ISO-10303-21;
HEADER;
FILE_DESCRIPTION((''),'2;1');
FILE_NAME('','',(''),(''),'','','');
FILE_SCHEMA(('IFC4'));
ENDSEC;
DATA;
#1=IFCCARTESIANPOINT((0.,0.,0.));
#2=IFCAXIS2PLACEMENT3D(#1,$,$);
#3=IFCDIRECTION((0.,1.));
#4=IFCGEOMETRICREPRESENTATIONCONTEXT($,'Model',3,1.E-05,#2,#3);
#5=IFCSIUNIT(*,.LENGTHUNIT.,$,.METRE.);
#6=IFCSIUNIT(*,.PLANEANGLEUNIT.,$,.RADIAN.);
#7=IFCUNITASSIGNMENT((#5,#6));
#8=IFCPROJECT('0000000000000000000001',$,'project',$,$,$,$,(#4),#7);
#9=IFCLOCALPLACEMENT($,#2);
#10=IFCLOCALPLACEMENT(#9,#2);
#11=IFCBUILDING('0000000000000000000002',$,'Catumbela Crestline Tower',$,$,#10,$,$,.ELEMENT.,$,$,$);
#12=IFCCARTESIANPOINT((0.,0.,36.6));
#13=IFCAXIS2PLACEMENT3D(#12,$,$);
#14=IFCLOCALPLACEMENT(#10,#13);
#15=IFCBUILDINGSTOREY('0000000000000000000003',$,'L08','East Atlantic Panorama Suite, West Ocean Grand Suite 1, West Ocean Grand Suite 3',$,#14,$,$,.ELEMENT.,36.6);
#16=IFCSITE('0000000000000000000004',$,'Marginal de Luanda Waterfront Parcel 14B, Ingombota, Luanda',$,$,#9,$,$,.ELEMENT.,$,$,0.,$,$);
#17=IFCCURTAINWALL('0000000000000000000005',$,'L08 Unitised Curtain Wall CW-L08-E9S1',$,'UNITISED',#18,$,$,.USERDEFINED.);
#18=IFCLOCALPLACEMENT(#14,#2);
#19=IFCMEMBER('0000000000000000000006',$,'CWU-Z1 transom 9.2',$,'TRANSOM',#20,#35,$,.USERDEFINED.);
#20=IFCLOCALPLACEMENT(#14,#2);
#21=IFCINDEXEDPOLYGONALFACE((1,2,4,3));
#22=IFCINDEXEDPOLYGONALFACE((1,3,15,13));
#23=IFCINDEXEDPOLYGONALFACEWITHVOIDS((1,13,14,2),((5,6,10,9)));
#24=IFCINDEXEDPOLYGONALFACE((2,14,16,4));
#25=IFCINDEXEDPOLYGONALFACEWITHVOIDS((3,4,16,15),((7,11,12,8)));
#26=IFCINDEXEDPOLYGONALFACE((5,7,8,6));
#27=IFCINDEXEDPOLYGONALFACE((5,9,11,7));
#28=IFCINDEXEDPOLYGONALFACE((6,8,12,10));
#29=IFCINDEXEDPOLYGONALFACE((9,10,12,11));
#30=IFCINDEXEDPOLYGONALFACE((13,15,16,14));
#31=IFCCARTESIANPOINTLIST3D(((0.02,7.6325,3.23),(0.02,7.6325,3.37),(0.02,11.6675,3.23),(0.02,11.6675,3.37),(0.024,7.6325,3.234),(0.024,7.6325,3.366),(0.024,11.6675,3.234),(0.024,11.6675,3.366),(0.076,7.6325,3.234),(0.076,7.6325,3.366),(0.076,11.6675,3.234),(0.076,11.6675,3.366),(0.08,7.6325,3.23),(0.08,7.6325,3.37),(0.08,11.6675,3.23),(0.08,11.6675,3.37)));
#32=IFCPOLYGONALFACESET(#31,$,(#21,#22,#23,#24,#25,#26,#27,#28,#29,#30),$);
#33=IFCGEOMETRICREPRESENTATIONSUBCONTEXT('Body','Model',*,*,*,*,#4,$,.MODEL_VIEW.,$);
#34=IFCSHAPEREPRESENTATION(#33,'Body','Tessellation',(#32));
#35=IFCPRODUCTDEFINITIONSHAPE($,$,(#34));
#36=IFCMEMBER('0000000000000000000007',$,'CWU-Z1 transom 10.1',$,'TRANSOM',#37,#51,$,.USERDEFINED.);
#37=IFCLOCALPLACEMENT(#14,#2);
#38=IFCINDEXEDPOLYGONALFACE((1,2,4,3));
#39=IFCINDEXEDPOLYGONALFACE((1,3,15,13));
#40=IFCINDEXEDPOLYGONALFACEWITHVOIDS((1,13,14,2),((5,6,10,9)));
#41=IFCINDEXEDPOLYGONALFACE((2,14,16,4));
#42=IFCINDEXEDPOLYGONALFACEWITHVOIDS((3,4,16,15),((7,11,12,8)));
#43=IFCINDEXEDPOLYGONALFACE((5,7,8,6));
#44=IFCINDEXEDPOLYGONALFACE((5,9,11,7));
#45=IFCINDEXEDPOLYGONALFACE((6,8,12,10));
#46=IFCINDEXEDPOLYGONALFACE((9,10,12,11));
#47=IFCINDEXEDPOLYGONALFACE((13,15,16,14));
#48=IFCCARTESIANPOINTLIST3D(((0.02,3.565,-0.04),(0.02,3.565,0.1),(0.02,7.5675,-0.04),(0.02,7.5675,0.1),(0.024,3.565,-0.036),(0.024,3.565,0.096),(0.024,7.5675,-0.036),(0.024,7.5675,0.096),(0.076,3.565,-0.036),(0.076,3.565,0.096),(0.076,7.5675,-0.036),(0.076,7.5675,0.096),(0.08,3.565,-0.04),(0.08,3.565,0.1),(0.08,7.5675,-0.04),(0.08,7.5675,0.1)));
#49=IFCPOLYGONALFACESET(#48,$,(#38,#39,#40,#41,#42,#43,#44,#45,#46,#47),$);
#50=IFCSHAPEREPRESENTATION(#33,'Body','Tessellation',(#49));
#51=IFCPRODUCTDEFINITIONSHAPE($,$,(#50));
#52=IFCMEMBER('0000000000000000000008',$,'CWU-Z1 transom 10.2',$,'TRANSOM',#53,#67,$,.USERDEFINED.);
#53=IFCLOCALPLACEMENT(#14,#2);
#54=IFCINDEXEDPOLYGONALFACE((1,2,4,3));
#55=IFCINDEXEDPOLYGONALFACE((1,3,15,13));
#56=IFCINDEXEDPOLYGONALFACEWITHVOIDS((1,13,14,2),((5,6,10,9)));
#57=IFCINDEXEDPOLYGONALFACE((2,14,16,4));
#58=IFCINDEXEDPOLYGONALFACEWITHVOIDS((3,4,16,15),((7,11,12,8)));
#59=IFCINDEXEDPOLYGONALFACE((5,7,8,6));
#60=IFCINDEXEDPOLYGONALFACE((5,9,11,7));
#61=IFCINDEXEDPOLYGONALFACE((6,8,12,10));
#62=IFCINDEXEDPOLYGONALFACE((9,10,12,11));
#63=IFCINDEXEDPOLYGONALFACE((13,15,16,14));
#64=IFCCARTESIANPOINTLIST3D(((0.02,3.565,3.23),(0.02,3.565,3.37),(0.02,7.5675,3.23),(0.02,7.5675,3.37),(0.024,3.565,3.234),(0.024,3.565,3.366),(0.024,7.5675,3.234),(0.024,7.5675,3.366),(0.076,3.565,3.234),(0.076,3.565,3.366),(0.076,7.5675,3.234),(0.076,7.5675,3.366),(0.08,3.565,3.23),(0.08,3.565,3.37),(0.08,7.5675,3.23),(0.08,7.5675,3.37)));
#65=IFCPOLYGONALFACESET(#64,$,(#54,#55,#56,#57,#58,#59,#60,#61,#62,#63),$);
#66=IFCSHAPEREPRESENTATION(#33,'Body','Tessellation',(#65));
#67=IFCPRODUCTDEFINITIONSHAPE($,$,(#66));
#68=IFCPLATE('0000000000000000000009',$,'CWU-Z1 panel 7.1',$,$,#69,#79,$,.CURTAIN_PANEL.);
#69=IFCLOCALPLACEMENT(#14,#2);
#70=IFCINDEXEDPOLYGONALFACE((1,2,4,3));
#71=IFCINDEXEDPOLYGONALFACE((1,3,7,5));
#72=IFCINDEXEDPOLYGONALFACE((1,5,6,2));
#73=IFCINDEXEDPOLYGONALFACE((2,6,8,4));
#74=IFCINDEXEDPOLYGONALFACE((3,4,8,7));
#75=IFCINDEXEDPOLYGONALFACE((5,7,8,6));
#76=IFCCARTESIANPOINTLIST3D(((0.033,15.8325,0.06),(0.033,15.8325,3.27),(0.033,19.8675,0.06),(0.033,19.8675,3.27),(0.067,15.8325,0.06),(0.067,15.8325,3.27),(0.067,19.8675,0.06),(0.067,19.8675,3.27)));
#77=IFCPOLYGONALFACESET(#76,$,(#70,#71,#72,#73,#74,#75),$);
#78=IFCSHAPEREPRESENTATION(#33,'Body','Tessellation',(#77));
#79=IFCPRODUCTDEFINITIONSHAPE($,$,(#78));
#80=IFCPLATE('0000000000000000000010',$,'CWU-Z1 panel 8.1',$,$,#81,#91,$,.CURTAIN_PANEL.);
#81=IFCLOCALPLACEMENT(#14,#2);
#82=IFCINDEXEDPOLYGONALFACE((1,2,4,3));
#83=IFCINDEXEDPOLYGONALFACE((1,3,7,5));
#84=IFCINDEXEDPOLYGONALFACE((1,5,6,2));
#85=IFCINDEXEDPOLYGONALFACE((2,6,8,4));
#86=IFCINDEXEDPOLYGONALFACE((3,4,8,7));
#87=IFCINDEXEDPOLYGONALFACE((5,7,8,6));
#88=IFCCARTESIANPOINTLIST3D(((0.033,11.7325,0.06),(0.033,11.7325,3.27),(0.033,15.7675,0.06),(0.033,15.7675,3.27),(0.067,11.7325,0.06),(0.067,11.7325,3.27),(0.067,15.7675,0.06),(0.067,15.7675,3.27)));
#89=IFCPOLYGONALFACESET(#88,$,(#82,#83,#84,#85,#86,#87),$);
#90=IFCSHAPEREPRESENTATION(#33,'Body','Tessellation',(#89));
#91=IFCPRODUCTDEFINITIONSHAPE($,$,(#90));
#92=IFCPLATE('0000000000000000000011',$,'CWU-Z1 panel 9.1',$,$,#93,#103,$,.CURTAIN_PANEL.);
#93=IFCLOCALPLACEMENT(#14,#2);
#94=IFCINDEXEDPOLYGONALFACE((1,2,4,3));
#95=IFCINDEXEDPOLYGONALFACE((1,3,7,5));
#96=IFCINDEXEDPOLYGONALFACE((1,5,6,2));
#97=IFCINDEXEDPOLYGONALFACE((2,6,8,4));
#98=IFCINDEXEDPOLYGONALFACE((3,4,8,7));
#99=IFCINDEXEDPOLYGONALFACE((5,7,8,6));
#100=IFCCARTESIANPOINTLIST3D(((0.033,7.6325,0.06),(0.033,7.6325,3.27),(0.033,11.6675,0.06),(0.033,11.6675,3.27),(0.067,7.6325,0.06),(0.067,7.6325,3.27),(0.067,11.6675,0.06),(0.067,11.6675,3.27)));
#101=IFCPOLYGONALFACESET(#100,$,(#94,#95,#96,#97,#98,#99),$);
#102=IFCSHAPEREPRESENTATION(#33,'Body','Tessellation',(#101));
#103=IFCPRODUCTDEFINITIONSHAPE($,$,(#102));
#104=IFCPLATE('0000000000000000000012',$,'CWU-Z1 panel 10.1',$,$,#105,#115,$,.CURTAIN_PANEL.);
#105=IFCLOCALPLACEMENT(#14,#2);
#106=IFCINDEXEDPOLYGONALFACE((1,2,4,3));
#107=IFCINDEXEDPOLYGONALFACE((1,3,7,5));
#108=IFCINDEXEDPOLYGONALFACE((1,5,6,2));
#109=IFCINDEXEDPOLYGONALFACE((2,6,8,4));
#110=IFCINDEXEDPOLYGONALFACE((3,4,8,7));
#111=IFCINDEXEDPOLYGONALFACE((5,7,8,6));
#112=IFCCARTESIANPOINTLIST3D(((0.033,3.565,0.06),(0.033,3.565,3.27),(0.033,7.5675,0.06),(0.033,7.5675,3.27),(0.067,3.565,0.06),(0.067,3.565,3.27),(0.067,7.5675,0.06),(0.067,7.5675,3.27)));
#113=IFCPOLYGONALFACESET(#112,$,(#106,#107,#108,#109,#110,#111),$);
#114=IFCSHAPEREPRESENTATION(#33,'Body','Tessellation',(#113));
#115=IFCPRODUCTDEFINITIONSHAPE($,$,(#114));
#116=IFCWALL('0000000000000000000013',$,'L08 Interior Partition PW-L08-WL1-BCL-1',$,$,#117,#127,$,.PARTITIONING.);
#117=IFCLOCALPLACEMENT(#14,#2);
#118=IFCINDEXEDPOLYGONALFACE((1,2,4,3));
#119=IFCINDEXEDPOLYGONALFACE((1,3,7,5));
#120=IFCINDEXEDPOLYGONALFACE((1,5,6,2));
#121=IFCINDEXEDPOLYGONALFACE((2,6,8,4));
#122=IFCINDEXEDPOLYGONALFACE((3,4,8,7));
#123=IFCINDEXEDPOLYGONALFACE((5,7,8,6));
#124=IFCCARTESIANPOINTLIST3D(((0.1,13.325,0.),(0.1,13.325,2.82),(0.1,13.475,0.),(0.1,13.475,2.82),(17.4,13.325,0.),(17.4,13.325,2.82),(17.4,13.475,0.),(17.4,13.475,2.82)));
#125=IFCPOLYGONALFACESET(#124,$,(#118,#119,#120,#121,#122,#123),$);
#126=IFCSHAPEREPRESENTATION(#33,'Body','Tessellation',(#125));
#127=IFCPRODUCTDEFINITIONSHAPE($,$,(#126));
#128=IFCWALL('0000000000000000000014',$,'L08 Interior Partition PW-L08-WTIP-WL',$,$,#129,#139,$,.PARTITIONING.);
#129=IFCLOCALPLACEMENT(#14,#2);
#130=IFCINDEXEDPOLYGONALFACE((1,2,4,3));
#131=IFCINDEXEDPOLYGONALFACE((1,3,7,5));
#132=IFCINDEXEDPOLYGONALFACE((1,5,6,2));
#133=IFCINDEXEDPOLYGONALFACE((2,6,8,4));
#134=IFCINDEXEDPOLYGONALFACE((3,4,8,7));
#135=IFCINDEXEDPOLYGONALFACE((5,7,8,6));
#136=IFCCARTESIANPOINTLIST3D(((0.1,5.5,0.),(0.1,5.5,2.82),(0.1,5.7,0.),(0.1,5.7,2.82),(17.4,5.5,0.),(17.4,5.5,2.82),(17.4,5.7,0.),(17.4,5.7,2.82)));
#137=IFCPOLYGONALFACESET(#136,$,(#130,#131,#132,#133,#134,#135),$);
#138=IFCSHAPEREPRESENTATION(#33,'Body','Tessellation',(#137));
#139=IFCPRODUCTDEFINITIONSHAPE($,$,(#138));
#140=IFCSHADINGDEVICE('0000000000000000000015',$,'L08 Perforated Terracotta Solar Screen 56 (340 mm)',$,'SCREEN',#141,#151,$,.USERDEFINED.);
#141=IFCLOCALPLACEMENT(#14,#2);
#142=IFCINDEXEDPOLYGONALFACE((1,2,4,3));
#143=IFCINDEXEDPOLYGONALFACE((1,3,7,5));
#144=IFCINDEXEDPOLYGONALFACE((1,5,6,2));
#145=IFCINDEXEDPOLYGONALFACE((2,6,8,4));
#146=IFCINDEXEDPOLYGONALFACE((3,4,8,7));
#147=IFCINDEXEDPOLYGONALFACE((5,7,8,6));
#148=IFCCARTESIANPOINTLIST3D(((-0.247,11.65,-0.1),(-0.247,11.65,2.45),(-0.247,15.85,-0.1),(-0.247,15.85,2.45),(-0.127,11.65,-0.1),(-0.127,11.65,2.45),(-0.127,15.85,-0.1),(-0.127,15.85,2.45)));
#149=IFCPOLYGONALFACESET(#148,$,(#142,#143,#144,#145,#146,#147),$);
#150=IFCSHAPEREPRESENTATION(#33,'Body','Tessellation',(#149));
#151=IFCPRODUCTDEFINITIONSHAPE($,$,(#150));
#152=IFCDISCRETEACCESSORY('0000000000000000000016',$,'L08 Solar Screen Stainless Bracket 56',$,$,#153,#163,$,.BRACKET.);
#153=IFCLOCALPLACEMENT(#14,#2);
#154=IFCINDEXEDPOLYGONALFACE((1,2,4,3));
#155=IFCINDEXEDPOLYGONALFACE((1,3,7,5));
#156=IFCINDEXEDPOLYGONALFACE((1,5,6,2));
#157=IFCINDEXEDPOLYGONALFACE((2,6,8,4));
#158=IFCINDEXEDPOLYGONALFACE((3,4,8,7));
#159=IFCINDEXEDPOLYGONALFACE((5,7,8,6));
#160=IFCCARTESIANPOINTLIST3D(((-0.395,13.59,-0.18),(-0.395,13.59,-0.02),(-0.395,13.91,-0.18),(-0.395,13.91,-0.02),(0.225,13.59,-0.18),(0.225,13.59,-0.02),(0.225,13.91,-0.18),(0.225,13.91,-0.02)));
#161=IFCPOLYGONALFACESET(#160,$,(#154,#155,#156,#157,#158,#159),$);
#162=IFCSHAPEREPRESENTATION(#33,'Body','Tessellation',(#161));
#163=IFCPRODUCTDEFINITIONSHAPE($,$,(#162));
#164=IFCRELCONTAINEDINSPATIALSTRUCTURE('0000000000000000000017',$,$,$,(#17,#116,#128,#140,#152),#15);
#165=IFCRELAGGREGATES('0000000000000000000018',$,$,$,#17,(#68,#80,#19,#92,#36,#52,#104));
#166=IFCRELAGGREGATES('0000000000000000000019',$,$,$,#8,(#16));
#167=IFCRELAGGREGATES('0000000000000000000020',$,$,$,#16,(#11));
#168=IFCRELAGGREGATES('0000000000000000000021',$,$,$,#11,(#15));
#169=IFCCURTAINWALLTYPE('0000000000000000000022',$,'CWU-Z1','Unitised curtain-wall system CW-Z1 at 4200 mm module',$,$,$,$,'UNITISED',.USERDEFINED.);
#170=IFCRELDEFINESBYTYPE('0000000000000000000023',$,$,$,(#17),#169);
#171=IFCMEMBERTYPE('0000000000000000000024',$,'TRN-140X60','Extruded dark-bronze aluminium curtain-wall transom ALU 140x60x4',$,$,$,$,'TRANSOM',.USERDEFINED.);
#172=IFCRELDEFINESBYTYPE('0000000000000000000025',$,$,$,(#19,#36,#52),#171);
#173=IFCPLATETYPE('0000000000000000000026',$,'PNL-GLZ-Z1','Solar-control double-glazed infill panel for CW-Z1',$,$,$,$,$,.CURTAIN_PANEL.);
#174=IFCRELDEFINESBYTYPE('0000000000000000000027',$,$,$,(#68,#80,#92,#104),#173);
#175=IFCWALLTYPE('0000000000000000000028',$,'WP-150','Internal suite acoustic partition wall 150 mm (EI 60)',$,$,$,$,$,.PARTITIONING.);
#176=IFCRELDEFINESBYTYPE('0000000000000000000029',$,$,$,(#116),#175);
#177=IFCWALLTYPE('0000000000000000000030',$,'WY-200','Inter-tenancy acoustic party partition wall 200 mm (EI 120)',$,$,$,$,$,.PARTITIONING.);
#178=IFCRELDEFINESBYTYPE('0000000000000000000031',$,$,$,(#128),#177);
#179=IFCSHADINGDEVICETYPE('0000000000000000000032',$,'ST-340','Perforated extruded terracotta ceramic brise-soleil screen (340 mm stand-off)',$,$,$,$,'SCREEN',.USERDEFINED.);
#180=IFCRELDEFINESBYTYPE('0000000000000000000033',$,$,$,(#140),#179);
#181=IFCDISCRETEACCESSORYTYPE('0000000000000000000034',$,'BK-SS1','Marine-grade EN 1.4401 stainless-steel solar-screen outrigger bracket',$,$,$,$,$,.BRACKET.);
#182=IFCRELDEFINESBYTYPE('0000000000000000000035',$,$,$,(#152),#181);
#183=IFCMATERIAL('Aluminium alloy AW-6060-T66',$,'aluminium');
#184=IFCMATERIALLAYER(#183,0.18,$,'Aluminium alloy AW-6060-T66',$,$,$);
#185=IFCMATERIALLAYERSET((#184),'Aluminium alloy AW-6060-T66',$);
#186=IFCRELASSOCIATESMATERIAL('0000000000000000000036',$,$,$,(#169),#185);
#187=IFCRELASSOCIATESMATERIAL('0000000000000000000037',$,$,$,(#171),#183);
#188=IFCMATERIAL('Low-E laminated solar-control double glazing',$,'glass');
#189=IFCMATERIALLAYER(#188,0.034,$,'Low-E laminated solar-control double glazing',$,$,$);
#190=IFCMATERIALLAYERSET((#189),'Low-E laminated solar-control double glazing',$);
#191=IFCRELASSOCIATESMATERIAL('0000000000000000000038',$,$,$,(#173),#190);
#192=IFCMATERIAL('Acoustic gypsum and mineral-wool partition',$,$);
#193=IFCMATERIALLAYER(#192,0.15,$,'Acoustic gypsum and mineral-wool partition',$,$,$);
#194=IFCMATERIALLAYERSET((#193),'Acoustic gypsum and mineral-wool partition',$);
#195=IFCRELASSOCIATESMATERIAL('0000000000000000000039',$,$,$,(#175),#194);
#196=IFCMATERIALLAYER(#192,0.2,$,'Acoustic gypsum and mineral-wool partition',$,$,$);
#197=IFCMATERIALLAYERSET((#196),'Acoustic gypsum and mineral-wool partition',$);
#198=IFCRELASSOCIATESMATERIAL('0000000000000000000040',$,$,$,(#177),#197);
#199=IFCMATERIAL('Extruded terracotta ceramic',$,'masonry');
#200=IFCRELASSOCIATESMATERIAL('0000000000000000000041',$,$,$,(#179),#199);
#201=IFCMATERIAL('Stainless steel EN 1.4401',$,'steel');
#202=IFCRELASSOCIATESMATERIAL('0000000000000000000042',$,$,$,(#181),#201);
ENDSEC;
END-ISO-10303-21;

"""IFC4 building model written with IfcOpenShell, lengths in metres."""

from ifc_helpers import new_model, si_unit, direction, frame, frame_2d, origin, origin_2d, place, context, subcontext, project, spatial, rectangle, hollow_rectangle, extrude, material, layer, layer_set, material_profile, profile_set, type_object, element, aggregate, save


model = new_model("IFC4")

# Units and contexts
model_context = context("Model", 3, precision=1e-05, world=origin(), true_north=direction((0.0, 1.0)))
body_context = subcontext(model_context, "Body", "Model", "MODEL_VIEW")
ifc_project = project(units=[si_unit("LENGTHUNIT", "METRE"), si_unit("PLANEANGLEUNIT", "RADIAN")], contexts=[model_context])

# Site, building, storey
site_placement = place(None, origin())
site = spatial("IfcSite", under=ifc_project, at=site_placement, Name="Marginal de Luanda Waterfront Parcel 14B, Ingombota, Luanda", CompositionType="ELEMENT", RefElevation=0.0)
building_placement = place(site_placement, origin())
building = spatial("IfcBuilding", under=site, at=building_placement, Name="Catumbela Crestline Tower", CompositionType="ELEMENT")
storey_placement = place(building_placement, frame((0.0, 0.0, 36.6)))
storey = spatial("IfcBuildingStorey", under=building, at=storey_placement, Name="L08", Description="East Atlantic Panorama Suite, West Ocean Grand Suite 1, West Ocean Grand Suite 3", CompositionType="ELEMENT", Elevation=36.6)

# Curtain wall
ifc_material_1 = material(Name="Aluminium alloy AW-6060-T66", Category="aluminium")
ifc_layer_1 = layer(ifc_material_1, 0.18, Name="Aluminium alloy AW-6060-T66")
ifc_layer_set_1 = layer_set([ifc_layer_1], Name="Aluminium alloy AW-6060-T66")
curtain_wall_type = type_object("IfcCurtainWallType", Name="CWU-Z1", Description="Unitised curtain-wall system CW-Z1 at 4200 mm module", ElementType="UNITISED", PredefinedType="USERDEFINED", material=ifc_layer_set_1)
curtain_wall_placement = place(storey_placement, origin())
curtain_wall = element("IfcCurtainWall", 1, at=curtain_wall_placement, inside=storey, type_object=curtain_wall_type, Name="L08 Unitised Curtain Wall CW-L08-E9S1", ObjectType="UNITISED", PredefinedType="USERDEFINED")

# Members
ifc_material_profile_1 = material_profile(ifc_material_1, hollow_rectangle(XDim=0.06, YDim=0.14, WallThickness=0.004, at=origin_2d()), Name="ALU 140x60x4")
ifc_profile_set_1 = profile_set([ifc_material_profile_1], Name="Aluminium alloy AW-6060-T66")
member_type_1 = type_object("IfcMemberType", Name="TRN-140X60", Description="Extruded dark-bronze aluminium curtain-wall transom ALU 140x60x4", ElementType="TRANSOM", PredefinedType="USERDEFINED", material=ifc_profile_set_1)
member_1_placement = place(storey_placement, frame((0.05, 11.6675, 3.3), z_axis=(0.0, -1.0, 0.0), x_axis=(1.0, 0.0, 0.0)))
member_1 = element("IfcMember", 2, at=member_1_placement, type_object=member_type_1, Name="CWU-Z1 transom 9.2", ObjectType="TRANSOM", PredefinedType="USERDEFINED", context=body_context, shape_type="SweptSolid", body=[
    extrude(hollow_rectangle(XDim=0.06, YDim=0.14, WallThickness=0.004, at=origin_2d()), origin(), (0.0, 0.0, 1.0), 4.035),
])
member_2_placement = place(storey_placement, frame((0.05, 7.5675, 0.03), z_axis=(0.0, -1.0, 0.0), x_axis=(1.0, 0.0, 0.0)))
member_2 = element("IfcMember", 3, at=member_2_placement, type_object=member_type_1, Name="CWU-Z1 transom 10.1", ObjectType="TRANSOM", PredefinedType="USERDEFINED", context=body_context, shape_type="SweptSolid", body=[
    extrude(hollow_rectangle(XDim=0.06, YDim=0.14, WallThickness=0.004, at=origin_2d()), origin(), (0.0, 0.0, 1.0), 4.0025),
])
member_3_placement = place(storey_placement, frame((0.05, 7.5675, 3.3), z_axis=(0.0, -1.0, 0.0), x_axis=(1.0, 0.0, 0.0)))
member_3 = element("IfcMember", 4, at=member_3_placement, type_object=member_type_1, Name="CWU-Z1 transom 10.2", ObjectType="TRANSOM", PredefinedType="USERDEFINED", context=body_context, shape_type="SweptSolid", body=[
    extrude(hollow_rectangle(XDim=0.06, YDim=0.14, WallThickness=0.004, at=origin_2d()), origin(), (0.0, 0.0, 1.0), 4.0025),
])

# Plates
ifc_material_2 = material(Name="Low-E laminated solar-control double glazing", Category="glass")
ifc_layer_2 = layer(ifc_material_2, 0.034, Name="Low-E laminated solar-control double glazing")
ifc_layer_set_2 = layer_set([ifc_layer_2], Name="Low-E laminated solar-control double glazing")
plate_type = type_object("IfcPlateType", Name="PNL-GLZ-Z1", Description="Solar-control double-glazed infill panel for CW-Z1", PredefinedType="CURTAIN_PANEL", material=ifc_layer_set_2)
plate_1_placement = place(storey_placement, frame((0.05, 17.85, 0.06), z_axis=(0.0, 0.0, 1.0), x_axis=(0.0, -1.0, 0.0)))
plate_1 = element("IfcPlate", 5, at=plate_1_placement, type_object=plate_type, Name="CWU-Z1 panel 7.1", PredefinedType="CURTAIN_PANEL", context=body_context, shape_type="SweptSolid", body=[
    extrude(rectangle(XDim=4.035, YDim=0.034, at=origin_2d()), origin(), (0.0, 0.0, 1.0), 3.21),
])
plate_2_placement = place(storey_placement, frame((0.05, 13.75, 0.06), z_axis=(0.0, 0.0, 1.0), x_axis=(0.0, -1.0, 0.0)))
plate_2 = element("IfcPlate", 6, at=plate_2_placement, type_object=plate_type, Name="CWU-Z1 panel 8.1", PredefinedType="CURTAIN_PANEL", context=body_context, shape_type="SweptSolid", body=[
    extrude(rectangle(XDim=4.035, YDim=0.034, at=origin_2d()), origin(), (0.0, 0.0, 1.0), 3.21),
])
plate_3_placement = place(storey_placement, frame((0.05, 9.65, 0.06), z_axis=(0.0, 0.0, 1.0), x_axis=(0.0, -1.0, 0.0)))
plate_3 = element("IfcPlate", 7, at=plate_3_placement, type_object=plate_type, Name="CWU-Z1 panel 9.1", PredefinedType="CURTAIN_PANEL", context=body_context, shape_type="SweptSolid", body=[
    extrude(rectangle(XDim=4.035, YDim=0.034, at=origin_2d()), origin(), (0.0, 0.0, 1.0), 3.21),
])
plate_4_placement = place(storey_placement, frame((0.05, 5.5662, 0.06), z_axis=(0.0, 0.0, 1.0), x_axis=(0.0, -1.0, 0.0)))
plate_4 = element("IfcPlate", 8, at=plate_4_placement, type_object=plate_type, Name="CWU-Z1 panel 10.1", PredefinedType="CURTAIN_PANEL", context=body_context, shape_type="SweptSolid", body=[
    extrude(rectangle(XDim=4.0025, YDim=0.034, at=origin_2d()), origin(), (0.0, 0.0, 1.0), 3.21),
])
aggregate(curtain_wall, [plate_1, plate_2, member_1, plate_3, member_2, member_3, plate_4])

# Walls
ifc_material_3 = material(Name="Acoustic gypsum and mineral-wool partition")
ifc_layer_3 = layer(ifc_material_3, 0.15, Name="Acoustic gypsum and mineral-wool partition")
ifc_layer_set_3 = layer_set([ifc_layer_3], Name="Acoustic gypsum and mineral-wool partition")
wall_type_1 = type_object("IfcWallType", Name="WP-150", Description="Internal suite acoustic partition wall 150 mm (EI 60)", PredefinedType="PARTITIONING", material=ifc_layer_set_3)
wall_1_placement = place(storey_placement, frame((0.1, 13.4, 0.0), z_axis=(0.0, 0.0, 1.0), x_axis=(1.0, 0.0, 0.0)))
element("IfcWall", 9, at=wall_1_placement, inside=storey, type_object=wall_type_1, Name="L08 Interior Partition PW-L08-WL1-BCL-1", PredefinedType="PARTITIONING", context=body_context, shape_type="SweptSolid", body=[
    extrude(rectangle(XDim=17.3, YDim=0.15, at=frame_2d((8.65, 0.0))), origin(), (0.0, 0.0, 1.0), 2.82),
])
ifc_layer_4 = layer(ifc_material_3, 0.2, Name="Acoustic gypsum and mineral-wool partition")
ifc_layer_set_4 = layer_set([ifc_layer_4], Name="Acoustic gypsum and mineral-wool partition")
wall_type_2 = type_object("IfcWallType", Name="WY-200", Description="Inter-tenancy acoustic party partition wall 200 mm (EI 120)", PredefinedType="PARTITIONING", material=ifc_layer_set_4)
wall_2_placement = place(storey_placement, frame((0.1, 5.6, 0.0), z_axis=(0.0, 0.0, 1.0), x_axis=(1.0, 0.0, 0.0)))
element("IfcWall", 10, at=wall_2_placement, inside=storey, type_object=wall_type_2, Name="L08 Interior Partition PW-L08-WTIP-WL", PredefinedType="PARTITIONING", context=body_context, shape_type="SweptSolid", body=[
    extrude(rectangle(XDim=17.3, YDim=0.2, at=frame_2d((8.65, 0.0))), origin(), (0.0, 0.0, 1.0), 2.82),
])

# Shading device
ifc_material_4 = material(Name="Extruded terracotta ceramic", Category="masonry")
shading_device_type = type_object("IfcShadingDeviceType", Name="ST-340", Description="Perforated extruded terracotta ceramic brise-soleil screen (340 mm stand-off)", ElementType="SCREEN", PredefinedType="USERDEFINED", material=ifc_material_4)
shading_device_placement = place(storey_placement, frame((-0.187, 13.75, -0.1), z_axis=(0.0, 0.0, 1.0), x_axis=(0.0, -1.0, 0.0)))
element("IfcShadingDevice", 11, at=shading_device_placement, inside=storey, type_object=shading_device_type, Name="L08 Perforated Terracotta Solar Screen 56 (340 mm)", ObjectType="SCREEN", PredefinedType="USERDEFINED", context=body_context, shape_type="SweptSolid", body=[
    extrude(rectangle(XDim=4.2, YDim=0.12, at=origin_2d()), origin(), (0.0, 0.0, 1.0), 2.55),
])

# Discrete accessory
ifc_material_5 = material(Name="Stainless steel EN 1.4401", Category="steel")
discrete_accessory_type = type_object("IfcDiscreteAccessoryType", Name="BK-SS1", Description="Marine-grade EN 1.4401 stainless-steel solar-screen outrigger bracket", PredefinedType="BRACKET", material=ifc_material_5)
discrete_accessory_placement = place(storey_placement, frame((-0.085, 13.75, -0.18), z_axis=(0.0, 0.0, 1.0), x_axis=(0.0, -1.0, 0.0)))
element("IfcDiscreteAccessory", 12, at=discrete_accessory_placement, inside=storey, type_object=discrete_accessory_type, Name="L08 Solar Screen Stainless Bracket 56", PredefinedType="BRACKET", context=body_context, shape_type="SweptSolid", body=[
    extrude(rectangle(XDim=0.32, YDim=0.62, at=origin_2d()), origin(), (0.0, 0.0, 1.0), 0.16),
])

save(model, "model.ifc")
